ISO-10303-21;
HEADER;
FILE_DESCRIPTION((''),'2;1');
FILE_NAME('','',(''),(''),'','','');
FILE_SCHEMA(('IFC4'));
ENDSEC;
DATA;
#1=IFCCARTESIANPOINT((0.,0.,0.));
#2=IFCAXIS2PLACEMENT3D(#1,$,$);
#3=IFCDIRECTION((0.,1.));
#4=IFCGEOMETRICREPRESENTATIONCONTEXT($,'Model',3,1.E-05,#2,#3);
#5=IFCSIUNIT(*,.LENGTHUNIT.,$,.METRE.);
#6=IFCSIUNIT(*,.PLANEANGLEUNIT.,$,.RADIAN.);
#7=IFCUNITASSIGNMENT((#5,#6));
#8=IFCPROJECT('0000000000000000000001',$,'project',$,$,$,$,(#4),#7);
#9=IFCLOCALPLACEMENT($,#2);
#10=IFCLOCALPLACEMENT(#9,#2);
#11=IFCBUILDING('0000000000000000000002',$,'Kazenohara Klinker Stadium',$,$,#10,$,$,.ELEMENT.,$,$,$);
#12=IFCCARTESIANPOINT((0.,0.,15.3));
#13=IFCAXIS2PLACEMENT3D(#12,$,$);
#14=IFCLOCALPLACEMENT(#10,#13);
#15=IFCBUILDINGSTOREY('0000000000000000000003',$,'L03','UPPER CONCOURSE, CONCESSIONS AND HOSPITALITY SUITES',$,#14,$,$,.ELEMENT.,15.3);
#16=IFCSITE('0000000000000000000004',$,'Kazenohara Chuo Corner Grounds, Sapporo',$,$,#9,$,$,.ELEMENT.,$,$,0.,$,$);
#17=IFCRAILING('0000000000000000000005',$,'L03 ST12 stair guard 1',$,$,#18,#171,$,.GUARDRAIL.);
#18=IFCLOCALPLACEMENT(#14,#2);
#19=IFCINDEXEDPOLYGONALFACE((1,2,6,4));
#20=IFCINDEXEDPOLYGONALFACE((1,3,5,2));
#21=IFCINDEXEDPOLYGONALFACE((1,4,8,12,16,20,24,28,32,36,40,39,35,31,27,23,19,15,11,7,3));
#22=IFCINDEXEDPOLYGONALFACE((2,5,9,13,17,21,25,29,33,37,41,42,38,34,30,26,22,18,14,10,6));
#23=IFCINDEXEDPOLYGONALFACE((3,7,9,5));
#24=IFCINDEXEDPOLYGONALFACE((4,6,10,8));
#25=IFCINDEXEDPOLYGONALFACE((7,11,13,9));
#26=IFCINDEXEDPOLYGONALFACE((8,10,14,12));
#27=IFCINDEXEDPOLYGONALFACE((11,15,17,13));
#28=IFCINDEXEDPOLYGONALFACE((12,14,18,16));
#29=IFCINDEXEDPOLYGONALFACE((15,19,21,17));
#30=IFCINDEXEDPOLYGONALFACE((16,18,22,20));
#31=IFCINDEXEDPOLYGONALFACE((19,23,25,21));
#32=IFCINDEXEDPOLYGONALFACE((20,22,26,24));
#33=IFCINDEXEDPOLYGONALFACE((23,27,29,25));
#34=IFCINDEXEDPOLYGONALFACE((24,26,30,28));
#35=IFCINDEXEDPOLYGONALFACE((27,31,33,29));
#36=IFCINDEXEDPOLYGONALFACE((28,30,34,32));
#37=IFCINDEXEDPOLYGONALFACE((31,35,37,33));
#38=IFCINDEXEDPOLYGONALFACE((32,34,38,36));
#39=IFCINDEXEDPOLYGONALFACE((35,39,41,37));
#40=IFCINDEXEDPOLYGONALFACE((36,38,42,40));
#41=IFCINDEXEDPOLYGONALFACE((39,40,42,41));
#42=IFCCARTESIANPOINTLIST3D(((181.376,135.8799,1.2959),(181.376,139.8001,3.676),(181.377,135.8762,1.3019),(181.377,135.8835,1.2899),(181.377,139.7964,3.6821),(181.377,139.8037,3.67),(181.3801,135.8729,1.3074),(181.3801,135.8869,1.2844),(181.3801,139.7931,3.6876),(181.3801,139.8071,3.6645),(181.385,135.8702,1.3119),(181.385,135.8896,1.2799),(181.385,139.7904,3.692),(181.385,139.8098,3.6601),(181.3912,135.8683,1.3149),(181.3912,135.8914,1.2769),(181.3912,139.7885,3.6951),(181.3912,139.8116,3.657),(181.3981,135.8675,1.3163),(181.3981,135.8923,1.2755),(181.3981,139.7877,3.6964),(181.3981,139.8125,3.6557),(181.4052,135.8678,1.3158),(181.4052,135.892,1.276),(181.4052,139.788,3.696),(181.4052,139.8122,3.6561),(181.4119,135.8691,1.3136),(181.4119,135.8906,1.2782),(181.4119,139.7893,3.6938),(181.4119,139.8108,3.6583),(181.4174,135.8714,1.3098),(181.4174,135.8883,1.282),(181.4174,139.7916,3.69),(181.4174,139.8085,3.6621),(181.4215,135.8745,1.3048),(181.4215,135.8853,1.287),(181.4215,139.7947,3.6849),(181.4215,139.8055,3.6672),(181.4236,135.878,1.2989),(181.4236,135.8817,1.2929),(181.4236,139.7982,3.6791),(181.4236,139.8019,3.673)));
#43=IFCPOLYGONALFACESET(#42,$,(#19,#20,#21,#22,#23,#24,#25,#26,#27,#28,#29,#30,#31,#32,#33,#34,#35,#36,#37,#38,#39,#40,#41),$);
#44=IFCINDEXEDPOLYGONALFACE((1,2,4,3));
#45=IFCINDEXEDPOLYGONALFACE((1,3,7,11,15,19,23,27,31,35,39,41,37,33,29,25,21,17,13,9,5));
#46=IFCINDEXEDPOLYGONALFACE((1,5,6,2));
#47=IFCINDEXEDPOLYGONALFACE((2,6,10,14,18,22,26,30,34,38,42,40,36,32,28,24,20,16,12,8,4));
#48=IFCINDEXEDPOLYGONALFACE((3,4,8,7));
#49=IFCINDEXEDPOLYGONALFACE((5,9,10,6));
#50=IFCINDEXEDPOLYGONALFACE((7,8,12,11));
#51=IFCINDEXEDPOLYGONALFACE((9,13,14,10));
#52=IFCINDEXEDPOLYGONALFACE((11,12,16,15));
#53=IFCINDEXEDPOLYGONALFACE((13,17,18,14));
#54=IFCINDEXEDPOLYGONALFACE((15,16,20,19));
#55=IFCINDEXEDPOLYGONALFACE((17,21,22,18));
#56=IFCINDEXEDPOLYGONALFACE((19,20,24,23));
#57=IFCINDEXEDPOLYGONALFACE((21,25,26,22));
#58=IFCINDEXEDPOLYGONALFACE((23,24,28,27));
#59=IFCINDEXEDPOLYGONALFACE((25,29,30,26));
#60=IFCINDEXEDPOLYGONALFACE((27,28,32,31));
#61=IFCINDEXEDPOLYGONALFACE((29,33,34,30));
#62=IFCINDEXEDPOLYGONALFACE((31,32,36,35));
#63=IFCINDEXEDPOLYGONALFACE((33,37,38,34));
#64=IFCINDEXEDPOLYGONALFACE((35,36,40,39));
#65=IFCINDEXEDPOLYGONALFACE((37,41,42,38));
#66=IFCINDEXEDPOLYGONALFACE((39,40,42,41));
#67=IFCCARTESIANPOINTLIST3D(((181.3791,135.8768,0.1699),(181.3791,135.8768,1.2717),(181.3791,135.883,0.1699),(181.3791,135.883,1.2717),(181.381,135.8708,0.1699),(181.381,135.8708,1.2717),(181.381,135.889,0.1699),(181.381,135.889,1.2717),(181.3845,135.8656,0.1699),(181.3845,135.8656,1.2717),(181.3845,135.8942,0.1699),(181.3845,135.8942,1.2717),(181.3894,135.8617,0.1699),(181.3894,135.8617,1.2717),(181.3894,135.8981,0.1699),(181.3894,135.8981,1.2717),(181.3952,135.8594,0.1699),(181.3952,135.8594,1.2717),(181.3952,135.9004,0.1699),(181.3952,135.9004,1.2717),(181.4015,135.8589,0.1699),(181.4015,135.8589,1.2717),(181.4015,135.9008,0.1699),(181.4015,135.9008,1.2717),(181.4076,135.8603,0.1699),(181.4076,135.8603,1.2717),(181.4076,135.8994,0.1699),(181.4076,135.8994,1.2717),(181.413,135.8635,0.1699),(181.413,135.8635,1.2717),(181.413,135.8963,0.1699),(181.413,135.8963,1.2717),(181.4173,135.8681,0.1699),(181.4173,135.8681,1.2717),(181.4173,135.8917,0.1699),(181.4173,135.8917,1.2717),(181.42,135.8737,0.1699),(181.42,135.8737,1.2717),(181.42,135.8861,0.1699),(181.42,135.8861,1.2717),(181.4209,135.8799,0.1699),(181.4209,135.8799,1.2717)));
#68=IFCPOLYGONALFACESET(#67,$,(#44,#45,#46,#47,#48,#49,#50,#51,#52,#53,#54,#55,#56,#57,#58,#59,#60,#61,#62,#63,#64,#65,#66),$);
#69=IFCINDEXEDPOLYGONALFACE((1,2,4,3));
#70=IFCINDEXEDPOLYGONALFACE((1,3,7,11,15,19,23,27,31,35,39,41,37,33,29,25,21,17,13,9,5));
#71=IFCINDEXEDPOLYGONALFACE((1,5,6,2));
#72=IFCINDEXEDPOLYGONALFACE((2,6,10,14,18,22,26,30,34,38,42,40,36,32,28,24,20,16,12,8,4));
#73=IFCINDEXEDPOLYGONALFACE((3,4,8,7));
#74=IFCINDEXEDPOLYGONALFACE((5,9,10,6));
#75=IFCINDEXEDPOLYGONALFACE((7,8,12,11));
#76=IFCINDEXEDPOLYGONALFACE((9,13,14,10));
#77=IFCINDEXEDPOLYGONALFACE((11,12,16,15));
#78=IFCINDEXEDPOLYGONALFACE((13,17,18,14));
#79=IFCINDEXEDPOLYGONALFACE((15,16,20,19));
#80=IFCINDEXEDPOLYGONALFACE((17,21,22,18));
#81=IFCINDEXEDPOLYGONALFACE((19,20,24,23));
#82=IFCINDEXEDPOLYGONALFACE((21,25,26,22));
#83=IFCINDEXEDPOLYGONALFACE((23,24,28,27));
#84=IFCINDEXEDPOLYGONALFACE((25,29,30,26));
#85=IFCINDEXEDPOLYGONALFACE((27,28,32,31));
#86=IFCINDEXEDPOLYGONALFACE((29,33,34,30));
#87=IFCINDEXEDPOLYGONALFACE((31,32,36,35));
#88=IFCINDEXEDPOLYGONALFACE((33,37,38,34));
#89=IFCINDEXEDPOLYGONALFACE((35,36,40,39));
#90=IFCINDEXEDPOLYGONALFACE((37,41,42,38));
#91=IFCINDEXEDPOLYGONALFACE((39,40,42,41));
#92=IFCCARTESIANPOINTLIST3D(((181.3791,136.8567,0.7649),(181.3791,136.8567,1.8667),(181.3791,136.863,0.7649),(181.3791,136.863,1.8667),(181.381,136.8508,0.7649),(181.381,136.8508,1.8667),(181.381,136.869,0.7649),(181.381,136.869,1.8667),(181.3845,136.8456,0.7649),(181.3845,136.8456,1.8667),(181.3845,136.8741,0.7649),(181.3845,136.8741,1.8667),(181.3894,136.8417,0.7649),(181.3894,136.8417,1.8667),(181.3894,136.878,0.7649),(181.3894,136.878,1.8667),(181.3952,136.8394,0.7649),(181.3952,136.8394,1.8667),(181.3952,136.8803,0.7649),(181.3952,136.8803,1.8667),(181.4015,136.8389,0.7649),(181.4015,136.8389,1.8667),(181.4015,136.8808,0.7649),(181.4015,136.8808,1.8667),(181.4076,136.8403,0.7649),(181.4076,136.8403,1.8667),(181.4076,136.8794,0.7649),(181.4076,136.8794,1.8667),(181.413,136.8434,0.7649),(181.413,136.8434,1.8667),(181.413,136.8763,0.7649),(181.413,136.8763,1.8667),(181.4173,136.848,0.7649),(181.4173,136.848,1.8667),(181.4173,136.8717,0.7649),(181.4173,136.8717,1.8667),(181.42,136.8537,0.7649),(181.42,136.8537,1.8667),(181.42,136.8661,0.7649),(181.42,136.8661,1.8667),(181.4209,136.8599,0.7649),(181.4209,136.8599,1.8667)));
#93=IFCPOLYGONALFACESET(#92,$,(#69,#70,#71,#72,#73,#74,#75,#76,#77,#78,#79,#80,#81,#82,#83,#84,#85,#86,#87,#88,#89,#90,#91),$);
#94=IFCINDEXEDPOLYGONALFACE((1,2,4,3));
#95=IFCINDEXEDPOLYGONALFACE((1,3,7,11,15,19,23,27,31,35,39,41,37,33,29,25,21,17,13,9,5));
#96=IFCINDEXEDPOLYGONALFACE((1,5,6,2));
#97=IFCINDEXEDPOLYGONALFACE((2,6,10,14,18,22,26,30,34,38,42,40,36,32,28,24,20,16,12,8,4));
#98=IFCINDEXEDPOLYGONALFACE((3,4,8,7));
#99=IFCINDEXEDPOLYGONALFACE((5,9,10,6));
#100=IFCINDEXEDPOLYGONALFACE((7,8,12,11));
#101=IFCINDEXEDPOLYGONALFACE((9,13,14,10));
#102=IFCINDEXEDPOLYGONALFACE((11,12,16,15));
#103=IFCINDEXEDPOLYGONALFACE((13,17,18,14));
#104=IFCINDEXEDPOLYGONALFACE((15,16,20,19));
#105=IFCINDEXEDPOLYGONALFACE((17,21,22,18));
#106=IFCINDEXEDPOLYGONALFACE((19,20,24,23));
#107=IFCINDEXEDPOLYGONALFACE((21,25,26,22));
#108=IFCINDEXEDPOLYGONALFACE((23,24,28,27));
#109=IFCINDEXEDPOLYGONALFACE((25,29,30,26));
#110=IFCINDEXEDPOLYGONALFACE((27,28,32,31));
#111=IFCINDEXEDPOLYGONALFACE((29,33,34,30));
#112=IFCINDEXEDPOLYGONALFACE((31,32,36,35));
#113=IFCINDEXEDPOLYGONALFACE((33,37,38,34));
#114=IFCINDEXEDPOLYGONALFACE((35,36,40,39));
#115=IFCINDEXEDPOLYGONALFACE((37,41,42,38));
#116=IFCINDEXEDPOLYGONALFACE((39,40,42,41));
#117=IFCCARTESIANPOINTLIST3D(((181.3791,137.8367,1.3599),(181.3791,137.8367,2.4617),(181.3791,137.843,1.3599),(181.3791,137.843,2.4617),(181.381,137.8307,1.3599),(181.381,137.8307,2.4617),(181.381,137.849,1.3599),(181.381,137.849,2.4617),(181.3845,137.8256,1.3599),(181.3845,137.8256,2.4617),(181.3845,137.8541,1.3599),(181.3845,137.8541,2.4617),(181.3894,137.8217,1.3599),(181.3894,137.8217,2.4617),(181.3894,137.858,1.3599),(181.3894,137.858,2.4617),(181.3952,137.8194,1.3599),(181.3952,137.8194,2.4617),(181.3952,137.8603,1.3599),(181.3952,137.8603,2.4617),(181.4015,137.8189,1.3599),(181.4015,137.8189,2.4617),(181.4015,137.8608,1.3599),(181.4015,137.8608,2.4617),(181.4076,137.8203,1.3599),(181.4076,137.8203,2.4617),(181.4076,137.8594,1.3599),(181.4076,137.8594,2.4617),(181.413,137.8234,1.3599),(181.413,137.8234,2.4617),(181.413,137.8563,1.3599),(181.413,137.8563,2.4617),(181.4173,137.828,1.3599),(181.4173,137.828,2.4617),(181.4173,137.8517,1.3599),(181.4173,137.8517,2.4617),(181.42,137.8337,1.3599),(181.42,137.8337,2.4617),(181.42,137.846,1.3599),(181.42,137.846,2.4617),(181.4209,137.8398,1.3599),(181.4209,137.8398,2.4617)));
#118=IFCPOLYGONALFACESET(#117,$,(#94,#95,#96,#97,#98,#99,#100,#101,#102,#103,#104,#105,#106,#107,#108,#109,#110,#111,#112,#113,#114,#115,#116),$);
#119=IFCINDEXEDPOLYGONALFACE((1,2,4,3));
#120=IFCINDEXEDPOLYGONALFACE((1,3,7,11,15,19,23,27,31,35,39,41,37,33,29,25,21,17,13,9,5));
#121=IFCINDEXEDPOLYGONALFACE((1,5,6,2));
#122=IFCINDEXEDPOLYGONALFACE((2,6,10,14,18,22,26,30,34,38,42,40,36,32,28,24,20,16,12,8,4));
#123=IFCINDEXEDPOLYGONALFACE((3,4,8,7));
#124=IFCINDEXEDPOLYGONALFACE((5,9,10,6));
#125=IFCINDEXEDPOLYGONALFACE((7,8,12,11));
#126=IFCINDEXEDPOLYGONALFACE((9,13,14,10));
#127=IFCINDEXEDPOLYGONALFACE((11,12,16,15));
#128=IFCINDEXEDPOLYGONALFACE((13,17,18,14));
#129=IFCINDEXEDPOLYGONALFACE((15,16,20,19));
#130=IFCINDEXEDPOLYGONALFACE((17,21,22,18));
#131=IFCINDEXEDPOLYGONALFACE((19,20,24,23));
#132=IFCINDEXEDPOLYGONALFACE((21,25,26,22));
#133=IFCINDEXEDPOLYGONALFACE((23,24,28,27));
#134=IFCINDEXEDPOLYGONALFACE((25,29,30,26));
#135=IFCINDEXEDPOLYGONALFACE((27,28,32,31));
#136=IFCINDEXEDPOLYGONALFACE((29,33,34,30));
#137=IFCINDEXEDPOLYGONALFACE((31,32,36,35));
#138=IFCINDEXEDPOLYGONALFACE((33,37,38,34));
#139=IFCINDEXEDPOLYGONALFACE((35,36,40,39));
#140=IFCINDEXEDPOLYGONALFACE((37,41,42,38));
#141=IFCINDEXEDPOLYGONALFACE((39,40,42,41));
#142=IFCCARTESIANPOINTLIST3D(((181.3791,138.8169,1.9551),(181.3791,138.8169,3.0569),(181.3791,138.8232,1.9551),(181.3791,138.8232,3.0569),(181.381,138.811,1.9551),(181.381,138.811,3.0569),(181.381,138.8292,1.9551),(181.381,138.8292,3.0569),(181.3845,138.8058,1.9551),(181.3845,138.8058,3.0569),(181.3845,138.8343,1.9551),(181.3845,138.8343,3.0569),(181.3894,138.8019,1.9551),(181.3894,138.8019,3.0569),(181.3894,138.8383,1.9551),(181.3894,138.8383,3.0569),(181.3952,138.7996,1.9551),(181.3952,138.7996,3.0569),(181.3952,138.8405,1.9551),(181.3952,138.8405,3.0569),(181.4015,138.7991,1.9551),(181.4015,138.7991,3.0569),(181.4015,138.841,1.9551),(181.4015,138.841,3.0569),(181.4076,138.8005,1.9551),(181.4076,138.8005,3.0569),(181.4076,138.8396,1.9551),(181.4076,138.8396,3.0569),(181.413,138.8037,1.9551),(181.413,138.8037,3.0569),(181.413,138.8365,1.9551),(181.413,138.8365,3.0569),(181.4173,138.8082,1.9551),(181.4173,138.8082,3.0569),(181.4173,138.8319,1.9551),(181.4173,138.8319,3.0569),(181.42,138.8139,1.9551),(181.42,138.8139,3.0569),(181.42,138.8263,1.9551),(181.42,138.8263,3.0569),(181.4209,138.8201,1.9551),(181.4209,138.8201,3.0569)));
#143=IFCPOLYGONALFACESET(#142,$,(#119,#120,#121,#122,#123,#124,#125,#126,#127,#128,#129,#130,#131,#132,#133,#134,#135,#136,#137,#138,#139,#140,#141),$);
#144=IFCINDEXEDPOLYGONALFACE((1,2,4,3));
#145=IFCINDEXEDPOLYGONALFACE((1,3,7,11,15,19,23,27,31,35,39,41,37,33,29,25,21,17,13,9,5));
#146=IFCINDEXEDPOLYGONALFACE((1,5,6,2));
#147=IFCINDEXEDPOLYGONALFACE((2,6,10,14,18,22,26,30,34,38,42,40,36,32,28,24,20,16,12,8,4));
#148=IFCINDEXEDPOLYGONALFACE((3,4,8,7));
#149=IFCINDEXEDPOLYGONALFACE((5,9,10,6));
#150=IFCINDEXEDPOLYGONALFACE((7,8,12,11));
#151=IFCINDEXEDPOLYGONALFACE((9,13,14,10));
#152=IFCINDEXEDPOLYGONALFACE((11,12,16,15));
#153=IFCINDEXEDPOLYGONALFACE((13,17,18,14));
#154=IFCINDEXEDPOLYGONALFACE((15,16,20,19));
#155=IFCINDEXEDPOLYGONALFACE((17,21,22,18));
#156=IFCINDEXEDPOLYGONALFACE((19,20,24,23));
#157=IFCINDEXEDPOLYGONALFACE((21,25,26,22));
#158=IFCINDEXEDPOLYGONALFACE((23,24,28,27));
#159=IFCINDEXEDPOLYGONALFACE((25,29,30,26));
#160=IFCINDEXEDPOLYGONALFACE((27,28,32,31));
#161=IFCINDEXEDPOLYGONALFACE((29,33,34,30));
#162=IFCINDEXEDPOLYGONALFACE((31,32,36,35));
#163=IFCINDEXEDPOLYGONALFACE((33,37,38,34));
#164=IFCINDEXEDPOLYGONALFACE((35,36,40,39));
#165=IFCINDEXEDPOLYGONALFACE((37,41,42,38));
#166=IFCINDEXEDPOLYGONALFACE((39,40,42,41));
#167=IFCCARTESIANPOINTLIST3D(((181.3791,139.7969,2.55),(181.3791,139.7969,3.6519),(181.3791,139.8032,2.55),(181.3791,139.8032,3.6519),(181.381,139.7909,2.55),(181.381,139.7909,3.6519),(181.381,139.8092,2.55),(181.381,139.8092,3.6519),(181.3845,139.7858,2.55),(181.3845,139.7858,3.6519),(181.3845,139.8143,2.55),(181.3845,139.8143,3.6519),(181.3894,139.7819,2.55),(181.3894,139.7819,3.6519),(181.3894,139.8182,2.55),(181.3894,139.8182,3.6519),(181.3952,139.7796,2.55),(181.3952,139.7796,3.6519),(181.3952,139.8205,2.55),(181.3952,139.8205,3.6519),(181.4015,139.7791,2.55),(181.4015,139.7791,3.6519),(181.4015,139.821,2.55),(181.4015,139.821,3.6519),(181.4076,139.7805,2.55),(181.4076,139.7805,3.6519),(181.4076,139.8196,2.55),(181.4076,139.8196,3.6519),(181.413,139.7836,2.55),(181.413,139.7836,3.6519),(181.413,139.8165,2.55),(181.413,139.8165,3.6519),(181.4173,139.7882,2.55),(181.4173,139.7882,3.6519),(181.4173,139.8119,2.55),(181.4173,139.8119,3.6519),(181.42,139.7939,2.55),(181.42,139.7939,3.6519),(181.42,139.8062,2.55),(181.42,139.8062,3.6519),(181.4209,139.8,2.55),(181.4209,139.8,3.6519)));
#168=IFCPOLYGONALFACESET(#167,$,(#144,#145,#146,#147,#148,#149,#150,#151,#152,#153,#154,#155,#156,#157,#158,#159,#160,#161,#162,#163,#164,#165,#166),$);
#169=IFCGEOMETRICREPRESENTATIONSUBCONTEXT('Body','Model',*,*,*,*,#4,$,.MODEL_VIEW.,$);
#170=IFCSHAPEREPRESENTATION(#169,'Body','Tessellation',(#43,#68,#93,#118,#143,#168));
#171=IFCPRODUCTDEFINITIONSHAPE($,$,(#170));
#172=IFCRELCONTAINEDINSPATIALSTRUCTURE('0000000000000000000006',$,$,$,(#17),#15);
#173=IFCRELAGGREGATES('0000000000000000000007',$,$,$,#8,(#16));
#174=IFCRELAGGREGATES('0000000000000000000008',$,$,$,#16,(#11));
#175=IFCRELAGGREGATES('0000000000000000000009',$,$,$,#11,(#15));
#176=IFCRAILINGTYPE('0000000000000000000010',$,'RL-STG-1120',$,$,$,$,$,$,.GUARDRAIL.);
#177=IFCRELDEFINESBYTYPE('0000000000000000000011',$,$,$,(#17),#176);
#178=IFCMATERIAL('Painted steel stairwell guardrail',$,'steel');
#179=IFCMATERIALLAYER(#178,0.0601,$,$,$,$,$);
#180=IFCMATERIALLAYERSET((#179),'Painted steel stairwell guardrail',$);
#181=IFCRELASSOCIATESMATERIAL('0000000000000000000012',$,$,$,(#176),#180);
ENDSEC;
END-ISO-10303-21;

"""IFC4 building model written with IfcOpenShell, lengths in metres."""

from ifc_helpers import new_model, si_unit, direction, frame, origin, origin_2d, place, context, subcontext, project, spatial, circle, extrude, material, layer, layer_set, type_object, element, save


model = new_model("IFC4")

# Units and contexts
model_context = context("Model", 3, precision=1e-05, world=origin(), true_north=direction((0.0, 1.0)))
body_context = subcontext(model_context, "Body", "Model", "MODEL_VIEW")
ifc_project = project(units=[si_unit("LENGTHUNIT", "METRE"), si_unit("PLANEANGLEUNIT", "RADIAN")], contexts=[model_context])

# Site, building, storey
site_placement = place(None, origin())
site = spatial("IfcSite", under=ifc_project, at=site_placement, Name="Kazenohara Chuo Corner Grounds, Sapporo", CompositionType="ELEMENT", RefElevation=0.0)
building_placement = place(site_placement, origin())
building = spatial("IfcBuilding", under=site, at=building_placement, Name="Kazenohara Klinker Stadium", CompositionType="ELEMENT")
storey_placement = place(building_placement, frame((0.0, 0.0, 15.3)))
storey = spatial("IfcBuildingStorey", under=building, at=storey_placement, Name="L03", Description="UPPER CONCOURSE, CONCESSIONS AND HOSPITALITY SUITES", CompositionType="ELEMENT", Elevation=15.3)

# Railing
ifc_material_1 = material(Name="Painted steel stairwell guardrail", Category="steel")
ifc_layer_1 = layer(ifc_material_1, 0.0601)
ifc_layer_set_1 = layer_set([ifc_layer_1], Name="Painted steel stairwell guardrail")
railing_type_1 = type_object("IfcRailingType", Name="RL-STG-1120", PredefinedType="GUARDRAIL", material=ifc_layer_set_1)
railing_1_placement = place(storey_placement, frame((181.3999, 135.8799, 0.1699)))
element("IfcRailing", 1, at=railing_1_placement, inside=storey, type_object=railing_type_1, Name="L03 ST12 stair guard 1", PredefinedType="GUARDRAIL", context=body_context, shape_type="SweptSolid", body=[
    extrude(circle(Radius=0.0239, at=origin_2d()), frame((0.0, 0.0, 1.126), z_axis=(0.0, 0.854785, 0.518982), x_axis=(-1.0, 0.0, 0.0)), (0.0, 0.0, 1.0), 4.5862),
    extrude(circle(Radius=0.021, at=origin_2d()), origin(), (0.0, 0.0, 1.0), 1.1018),
    extrude(circle(Radius=0.021, at=origin_2d()), frame((0.0, 0.98, 0.595)), (0.0, 0.0, 1.0), 1.1018),
    extrude(circle(Radius=0.021, at=origin_2d()), frame((0.0, 1.96, 1.1899)), (0.0, 0.0, 1.0), 1.1018),
    extrude(circle(Radius=0.021, at=origin_2d()), frame((0.0, 2.9402, 1.7852)), (0.0, 0.0, 1.0), 1.1018),
    extrude(circle(Radius=0.021, at=origin_2d()), frame((0.0, 3.9202, 2.3801)), (0.0, 0.0, 1.0), 1.1018),
])

save(model, "model.ifc")
